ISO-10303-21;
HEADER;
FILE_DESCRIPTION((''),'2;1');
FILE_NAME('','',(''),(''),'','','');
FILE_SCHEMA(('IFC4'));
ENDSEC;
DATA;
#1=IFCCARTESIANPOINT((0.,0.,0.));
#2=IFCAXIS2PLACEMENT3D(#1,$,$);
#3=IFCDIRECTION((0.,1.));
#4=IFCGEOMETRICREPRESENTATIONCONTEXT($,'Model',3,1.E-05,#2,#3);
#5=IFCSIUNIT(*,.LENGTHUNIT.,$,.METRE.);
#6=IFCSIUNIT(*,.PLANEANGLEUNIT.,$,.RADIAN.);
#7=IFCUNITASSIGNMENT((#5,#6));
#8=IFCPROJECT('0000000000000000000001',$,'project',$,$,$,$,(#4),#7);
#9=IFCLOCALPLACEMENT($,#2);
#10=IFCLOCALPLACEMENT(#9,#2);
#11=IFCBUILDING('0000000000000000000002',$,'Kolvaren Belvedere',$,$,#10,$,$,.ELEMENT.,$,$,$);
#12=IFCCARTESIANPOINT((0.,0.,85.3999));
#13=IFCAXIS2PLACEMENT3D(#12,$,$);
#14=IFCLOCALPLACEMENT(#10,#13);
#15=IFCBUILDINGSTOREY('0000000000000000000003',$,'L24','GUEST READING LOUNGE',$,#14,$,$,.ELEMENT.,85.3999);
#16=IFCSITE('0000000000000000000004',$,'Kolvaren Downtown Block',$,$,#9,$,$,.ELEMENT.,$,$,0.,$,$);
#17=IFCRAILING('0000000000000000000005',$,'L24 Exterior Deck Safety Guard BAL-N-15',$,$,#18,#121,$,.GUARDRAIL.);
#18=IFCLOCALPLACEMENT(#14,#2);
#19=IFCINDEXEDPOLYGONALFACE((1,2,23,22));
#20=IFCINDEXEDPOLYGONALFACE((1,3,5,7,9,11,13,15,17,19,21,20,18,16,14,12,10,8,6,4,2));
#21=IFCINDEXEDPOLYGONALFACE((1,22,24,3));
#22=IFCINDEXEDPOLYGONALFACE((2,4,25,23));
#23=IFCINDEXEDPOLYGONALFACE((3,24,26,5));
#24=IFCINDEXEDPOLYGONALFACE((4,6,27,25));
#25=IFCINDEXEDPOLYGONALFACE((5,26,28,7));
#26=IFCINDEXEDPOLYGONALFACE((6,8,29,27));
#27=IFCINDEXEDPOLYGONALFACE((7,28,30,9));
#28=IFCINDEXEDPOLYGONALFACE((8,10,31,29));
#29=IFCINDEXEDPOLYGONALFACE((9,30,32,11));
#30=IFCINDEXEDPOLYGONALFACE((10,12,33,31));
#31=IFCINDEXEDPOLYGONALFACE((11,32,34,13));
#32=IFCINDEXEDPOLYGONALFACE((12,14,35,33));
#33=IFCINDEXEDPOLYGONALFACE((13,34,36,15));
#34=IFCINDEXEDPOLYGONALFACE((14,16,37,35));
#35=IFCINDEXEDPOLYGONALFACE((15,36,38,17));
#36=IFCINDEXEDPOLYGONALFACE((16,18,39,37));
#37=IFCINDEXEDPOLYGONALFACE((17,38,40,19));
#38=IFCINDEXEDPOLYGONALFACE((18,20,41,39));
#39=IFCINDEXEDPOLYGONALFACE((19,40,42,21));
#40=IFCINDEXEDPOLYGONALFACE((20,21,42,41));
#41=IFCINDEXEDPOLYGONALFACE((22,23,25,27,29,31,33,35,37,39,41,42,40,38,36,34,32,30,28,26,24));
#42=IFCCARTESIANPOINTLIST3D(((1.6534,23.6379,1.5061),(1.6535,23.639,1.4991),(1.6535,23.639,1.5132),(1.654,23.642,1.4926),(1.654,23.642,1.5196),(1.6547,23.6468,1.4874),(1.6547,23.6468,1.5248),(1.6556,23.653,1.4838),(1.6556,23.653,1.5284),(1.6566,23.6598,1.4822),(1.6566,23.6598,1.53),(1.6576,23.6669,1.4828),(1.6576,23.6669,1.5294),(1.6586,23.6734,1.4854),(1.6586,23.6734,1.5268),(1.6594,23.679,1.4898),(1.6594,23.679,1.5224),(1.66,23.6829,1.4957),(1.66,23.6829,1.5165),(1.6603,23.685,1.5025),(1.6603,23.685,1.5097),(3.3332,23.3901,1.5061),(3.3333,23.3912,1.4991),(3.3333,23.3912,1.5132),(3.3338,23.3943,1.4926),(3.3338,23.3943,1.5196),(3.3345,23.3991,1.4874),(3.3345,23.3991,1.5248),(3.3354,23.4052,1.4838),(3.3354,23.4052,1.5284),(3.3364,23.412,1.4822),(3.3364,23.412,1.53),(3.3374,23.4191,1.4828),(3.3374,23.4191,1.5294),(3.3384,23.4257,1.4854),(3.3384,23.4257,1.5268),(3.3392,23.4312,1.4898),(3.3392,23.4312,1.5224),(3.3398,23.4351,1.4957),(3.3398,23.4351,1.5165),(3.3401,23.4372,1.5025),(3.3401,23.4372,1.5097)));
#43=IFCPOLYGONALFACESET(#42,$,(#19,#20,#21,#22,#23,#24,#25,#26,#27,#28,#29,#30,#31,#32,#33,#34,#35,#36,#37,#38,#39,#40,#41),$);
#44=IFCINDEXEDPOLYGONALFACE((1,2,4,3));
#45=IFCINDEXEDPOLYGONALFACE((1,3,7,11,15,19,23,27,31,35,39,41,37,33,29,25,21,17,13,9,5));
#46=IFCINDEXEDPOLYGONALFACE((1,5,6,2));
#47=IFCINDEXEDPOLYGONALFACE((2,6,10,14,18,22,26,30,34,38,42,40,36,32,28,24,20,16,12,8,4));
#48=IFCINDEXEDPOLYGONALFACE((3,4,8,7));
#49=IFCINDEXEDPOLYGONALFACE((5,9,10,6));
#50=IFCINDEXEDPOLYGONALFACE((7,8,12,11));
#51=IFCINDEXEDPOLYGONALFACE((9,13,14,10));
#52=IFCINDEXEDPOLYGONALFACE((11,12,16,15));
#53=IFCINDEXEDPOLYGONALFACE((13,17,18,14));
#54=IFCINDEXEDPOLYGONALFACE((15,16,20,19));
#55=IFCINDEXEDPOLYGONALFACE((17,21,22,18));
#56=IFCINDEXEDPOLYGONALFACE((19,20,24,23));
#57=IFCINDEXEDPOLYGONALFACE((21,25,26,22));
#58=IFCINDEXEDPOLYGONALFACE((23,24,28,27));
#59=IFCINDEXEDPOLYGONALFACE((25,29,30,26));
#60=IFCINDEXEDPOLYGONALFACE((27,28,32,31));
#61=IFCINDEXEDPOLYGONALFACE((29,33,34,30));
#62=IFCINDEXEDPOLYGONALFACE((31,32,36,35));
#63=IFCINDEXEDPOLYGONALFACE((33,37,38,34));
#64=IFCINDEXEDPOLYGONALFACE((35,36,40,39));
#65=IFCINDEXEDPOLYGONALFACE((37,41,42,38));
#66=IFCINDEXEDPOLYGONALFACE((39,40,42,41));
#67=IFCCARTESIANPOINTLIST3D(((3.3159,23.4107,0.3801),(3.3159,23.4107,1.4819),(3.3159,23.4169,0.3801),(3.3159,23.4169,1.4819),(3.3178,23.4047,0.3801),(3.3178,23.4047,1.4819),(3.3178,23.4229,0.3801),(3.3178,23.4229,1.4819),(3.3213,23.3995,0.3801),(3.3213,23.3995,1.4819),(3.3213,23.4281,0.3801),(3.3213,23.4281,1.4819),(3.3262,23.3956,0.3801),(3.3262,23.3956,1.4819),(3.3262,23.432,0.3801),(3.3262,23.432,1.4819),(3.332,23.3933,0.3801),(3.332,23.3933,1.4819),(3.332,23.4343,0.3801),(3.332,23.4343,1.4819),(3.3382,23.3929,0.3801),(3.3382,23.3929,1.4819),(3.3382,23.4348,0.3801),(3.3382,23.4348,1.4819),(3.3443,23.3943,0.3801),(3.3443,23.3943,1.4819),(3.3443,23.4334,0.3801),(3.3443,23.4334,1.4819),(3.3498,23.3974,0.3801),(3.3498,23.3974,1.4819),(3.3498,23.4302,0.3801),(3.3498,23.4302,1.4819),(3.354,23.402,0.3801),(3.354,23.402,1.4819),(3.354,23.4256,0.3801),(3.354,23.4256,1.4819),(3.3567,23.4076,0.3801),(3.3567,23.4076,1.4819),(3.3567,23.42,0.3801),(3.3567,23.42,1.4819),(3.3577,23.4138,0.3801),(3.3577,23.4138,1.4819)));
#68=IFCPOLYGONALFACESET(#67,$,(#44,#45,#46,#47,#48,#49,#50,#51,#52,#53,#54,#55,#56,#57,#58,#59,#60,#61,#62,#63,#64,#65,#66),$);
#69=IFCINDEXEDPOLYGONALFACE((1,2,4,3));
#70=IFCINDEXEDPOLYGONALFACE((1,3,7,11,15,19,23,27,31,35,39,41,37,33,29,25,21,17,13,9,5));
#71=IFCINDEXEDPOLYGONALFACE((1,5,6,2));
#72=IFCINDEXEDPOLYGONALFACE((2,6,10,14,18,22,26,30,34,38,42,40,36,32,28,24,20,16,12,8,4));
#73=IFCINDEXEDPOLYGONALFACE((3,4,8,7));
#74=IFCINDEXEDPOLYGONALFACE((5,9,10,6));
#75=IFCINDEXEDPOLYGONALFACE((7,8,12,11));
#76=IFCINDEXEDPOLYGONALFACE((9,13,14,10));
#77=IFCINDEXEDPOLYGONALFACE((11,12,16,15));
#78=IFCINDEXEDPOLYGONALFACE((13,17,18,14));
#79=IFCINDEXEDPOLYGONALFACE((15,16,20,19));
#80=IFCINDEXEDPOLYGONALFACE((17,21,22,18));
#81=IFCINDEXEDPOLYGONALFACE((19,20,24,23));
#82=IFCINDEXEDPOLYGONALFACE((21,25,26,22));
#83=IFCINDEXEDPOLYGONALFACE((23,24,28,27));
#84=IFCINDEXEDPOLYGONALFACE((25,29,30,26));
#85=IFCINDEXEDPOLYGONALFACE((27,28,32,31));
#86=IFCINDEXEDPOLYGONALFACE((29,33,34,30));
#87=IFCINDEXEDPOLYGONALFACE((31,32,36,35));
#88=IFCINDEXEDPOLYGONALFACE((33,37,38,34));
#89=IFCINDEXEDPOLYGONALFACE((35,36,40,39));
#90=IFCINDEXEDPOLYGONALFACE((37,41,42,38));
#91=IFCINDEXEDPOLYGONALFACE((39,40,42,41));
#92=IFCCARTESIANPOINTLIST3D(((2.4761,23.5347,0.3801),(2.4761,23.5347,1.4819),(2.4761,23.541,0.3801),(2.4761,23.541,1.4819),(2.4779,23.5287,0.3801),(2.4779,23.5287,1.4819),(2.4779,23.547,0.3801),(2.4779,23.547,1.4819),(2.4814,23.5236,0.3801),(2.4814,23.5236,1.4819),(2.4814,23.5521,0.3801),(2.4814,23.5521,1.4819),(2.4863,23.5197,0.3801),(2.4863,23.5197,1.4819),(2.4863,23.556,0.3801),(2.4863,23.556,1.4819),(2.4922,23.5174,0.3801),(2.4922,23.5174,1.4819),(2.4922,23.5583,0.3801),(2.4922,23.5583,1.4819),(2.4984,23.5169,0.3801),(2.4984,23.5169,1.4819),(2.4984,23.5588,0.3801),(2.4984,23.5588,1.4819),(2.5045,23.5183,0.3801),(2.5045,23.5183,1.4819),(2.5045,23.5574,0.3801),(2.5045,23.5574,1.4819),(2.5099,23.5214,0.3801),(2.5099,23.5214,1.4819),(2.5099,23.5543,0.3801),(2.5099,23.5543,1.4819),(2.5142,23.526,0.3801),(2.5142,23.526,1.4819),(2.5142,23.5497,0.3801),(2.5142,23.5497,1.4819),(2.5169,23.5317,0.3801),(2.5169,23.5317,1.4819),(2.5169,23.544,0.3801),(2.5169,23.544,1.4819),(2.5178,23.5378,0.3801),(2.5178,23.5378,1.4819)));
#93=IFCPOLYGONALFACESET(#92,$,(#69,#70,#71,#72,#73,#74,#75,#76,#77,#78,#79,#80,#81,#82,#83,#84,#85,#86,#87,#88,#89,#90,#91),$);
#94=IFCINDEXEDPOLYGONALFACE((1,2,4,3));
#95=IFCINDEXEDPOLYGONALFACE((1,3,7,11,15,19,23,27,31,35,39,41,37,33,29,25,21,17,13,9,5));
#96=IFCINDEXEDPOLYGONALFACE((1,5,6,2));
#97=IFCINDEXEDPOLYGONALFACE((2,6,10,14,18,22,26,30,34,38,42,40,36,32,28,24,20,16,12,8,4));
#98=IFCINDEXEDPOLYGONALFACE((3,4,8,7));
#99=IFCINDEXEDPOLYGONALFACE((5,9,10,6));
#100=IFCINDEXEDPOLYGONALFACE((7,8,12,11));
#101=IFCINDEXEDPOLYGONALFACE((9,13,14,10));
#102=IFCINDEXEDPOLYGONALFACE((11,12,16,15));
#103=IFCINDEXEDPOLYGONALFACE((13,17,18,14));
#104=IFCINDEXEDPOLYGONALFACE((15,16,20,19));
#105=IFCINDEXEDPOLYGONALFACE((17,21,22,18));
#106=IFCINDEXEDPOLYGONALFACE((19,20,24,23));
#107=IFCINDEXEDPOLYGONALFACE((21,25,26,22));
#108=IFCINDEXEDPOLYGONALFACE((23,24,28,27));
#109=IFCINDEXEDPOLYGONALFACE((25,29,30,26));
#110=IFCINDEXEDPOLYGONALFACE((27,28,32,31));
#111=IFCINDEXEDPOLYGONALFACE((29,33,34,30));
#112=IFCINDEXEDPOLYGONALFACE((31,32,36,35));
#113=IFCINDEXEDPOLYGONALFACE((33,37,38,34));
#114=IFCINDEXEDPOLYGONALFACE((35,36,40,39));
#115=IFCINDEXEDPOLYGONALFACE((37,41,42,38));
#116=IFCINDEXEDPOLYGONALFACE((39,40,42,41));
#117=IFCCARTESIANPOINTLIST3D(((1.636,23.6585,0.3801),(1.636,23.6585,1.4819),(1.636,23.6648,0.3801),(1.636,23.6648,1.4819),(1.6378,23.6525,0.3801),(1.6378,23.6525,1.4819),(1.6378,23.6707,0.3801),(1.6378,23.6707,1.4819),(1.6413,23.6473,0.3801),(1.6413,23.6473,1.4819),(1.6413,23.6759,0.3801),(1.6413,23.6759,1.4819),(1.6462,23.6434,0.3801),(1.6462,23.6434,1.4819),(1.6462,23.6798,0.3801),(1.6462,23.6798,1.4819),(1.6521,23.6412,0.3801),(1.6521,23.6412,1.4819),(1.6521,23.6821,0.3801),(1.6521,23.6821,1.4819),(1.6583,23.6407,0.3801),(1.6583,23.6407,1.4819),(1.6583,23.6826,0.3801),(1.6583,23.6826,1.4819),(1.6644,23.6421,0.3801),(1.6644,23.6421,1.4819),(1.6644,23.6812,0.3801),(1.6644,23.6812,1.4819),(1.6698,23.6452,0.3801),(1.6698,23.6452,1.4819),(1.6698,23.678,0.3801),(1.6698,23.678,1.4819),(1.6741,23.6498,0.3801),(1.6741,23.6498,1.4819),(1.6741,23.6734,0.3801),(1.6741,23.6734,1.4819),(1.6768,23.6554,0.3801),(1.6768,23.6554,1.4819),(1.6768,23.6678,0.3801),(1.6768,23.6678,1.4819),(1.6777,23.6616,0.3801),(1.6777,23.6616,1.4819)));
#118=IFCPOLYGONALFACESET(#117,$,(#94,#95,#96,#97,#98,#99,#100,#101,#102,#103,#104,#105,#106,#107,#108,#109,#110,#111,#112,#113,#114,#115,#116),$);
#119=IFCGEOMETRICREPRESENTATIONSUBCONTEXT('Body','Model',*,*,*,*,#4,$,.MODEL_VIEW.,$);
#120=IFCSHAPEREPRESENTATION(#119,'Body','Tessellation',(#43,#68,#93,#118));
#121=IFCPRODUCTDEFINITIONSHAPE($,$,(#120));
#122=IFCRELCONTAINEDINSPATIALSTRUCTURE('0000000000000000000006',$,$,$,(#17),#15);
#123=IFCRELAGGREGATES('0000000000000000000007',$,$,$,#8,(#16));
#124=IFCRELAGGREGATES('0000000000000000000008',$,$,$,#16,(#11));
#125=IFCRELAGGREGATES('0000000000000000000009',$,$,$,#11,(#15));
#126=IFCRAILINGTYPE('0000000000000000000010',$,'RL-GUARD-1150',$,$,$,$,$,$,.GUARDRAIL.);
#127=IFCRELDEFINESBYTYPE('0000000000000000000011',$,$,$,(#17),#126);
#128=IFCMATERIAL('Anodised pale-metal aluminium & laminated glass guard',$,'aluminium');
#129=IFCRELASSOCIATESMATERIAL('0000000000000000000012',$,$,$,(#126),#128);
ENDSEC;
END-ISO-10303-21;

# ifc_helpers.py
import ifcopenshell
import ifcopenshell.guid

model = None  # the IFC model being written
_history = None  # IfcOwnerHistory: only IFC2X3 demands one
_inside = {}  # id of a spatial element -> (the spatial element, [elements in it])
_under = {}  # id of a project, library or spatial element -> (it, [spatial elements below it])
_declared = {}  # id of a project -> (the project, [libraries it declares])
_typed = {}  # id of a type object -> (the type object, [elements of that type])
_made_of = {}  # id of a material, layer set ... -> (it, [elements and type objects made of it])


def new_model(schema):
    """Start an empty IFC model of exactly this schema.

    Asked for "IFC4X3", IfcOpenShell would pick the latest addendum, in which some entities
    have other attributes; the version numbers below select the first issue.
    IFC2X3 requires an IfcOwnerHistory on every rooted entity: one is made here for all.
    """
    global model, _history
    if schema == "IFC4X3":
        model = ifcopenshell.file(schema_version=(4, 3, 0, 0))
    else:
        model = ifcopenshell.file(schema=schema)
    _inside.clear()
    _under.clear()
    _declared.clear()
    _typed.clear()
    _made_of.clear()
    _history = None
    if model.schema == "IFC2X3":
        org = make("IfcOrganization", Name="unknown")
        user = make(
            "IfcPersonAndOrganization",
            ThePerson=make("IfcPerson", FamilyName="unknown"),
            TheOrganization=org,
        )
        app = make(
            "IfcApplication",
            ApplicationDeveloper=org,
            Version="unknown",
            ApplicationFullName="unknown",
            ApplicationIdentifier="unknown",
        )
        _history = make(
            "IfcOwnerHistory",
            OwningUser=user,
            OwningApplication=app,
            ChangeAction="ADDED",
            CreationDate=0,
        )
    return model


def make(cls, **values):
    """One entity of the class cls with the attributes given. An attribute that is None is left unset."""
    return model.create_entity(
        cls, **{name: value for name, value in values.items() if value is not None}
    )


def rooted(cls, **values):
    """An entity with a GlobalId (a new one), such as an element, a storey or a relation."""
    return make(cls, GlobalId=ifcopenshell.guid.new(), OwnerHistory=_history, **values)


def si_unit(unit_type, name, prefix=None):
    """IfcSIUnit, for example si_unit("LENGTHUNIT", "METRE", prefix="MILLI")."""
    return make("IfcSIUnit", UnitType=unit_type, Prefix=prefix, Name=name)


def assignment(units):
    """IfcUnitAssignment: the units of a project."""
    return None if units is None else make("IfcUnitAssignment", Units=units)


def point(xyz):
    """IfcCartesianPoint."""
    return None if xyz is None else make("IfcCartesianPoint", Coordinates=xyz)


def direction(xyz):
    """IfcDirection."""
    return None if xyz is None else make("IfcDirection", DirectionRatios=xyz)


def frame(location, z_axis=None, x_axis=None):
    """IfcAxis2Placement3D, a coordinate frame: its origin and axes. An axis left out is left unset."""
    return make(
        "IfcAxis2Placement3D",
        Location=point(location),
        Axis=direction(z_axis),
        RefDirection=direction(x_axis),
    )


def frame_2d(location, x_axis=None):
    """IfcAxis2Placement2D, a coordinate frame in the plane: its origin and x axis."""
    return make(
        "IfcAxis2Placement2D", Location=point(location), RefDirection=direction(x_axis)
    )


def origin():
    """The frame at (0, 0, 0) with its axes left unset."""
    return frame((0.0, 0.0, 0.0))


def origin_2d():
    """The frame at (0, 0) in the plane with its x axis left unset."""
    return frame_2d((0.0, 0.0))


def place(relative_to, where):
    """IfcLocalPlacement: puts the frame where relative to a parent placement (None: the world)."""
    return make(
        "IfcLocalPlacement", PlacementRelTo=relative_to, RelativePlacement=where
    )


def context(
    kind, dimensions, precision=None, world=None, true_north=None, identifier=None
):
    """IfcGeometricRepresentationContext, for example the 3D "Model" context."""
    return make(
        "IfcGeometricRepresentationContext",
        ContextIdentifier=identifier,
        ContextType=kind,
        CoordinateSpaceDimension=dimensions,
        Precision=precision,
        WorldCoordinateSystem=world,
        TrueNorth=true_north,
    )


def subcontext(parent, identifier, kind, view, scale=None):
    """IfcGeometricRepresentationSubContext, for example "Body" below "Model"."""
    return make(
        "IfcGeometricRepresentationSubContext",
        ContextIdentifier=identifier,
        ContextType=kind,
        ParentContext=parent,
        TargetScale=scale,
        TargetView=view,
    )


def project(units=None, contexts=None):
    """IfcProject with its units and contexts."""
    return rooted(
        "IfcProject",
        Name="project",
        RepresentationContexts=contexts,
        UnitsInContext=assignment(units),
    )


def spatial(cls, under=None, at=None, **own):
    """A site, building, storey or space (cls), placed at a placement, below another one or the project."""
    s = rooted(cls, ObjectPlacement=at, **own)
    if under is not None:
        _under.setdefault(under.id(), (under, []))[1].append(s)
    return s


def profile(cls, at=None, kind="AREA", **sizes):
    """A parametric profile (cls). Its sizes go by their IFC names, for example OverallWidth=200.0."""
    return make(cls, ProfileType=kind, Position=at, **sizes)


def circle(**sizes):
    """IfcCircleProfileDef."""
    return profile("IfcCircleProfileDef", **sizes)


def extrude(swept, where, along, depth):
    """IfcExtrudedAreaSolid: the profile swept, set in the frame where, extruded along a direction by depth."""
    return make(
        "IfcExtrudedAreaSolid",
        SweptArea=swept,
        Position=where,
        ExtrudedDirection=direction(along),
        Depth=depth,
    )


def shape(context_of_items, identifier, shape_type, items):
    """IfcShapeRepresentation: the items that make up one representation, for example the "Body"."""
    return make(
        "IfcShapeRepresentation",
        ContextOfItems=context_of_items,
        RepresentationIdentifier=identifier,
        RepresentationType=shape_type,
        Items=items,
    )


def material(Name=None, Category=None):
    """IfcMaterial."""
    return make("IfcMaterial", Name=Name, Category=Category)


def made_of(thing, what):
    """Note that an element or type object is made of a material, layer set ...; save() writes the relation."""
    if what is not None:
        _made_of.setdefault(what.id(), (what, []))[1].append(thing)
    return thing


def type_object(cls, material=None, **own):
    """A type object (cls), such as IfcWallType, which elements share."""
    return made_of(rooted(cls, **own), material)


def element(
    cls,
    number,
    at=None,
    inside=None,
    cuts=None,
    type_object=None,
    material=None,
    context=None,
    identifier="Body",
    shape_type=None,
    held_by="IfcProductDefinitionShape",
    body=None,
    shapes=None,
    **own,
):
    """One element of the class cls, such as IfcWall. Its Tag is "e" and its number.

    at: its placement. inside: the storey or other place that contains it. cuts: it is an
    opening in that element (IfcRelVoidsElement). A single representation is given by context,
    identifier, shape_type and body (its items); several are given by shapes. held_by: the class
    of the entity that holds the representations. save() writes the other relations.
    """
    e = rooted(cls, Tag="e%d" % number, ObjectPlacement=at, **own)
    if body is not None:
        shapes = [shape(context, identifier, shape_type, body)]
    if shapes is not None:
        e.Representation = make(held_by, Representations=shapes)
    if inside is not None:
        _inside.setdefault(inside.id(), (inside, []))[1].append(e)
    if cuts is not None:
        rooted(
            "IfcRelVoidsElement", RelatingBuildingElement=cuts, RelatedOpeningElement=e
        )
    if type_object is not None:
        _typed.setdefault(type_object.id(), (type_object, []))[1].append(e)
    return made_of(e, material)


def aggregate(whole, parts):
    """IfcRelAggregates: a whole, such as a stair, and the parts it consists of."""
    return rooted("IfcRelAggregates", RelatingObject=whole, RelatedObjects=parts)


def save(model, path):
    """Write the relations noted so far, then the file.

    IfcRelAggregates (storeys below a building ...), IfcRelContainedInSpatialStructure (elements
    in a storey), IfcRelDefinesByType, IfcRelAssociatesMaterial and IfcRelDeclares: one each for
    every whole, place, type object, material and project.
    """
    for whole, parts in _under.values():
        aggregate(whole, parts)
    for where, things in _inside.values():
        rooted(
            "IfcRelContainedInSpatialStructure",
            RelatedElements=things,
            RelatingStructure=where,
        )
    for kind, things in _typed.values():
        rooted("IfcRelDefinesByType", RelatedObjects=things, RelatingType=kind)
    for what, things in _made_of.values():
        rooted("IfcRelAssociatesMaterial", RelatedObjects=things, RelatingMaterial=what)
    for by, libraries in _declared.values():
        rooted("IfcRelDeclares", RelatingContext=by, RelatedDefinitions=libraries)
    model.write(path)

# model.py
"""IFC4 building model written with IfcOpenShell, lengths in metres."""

from ifc_helpers import new_model, si_unit, direction, frame, origin, origin_2d, place, context, subcontext, project, spatial, circle, extrude, material, type_object, element, save


model = new_model("IFC4")

# Units and contexts
model_context = context("Model", 3, precision=1e-05, world=origin(), true_north=direction((0.0, 1.0)))
body_context = subcontext(model_context, "Body", "Model", "MODEL_VIEW")
ifc_project = project(units=[si_unit("LENGTHUNIT", "METRE"), si_unit("PLANEANGLEUNIT", "RADIAN")], contexts=[model_context])

# Site, building, storey
site_placement = place(None, origin())
site = spatial("IfcSite", under=ifc_project, at=site_placement, Name="Kolvaren Downtown Block", CompositionType="ELEMENT", RefElevation=0.0)
building_placement = place(site_placement, origin())
building = spatial("IfcBuilding", under=site, at=building_placement, Name="Kolvaren Belvedere", CompositionType="ELEMENT")
storey_placement = place(building_placement, frame((0.0, 0.0, 85.3999)))
storey = spatial("IfcBuildingStorey", under=building, at=storey_placement, Name="L24", Description="GUEST READING LOUNGE", CompositionType="ELEMENT", Elevation=85.3999)

# Railing
ifc_material_1 = material(Name="Anodised pale-metal aluminium & laminated glass guard", Category="aluminium")
railing_type = type_object("IfcRailingType", Name="RL-GUARD-1150", PredefinedType="GUARDRAIL", material=ifc_material_1)
railing_1_placement = place(storey_placement, frame((3.3367, 23.4138, 0.3801)))
element("IfcRailing", 1, at=railing_1_placement, inside=storey, type_object=railing_type, Name="L24 Exterior Deck Safety Guard BAL-N-15", PredefinedType="GUARDRAIL", context=body_context, shape_type="SweptSolid", body=[
    extrude(circle(Radius=0.0239, at=origin_2d()), frame((0.0, 0.0, 1.126), z_axis=(-0.989295, 0.145929, 0.0), x_axis=(-0.145929, -0.989295, 0.0)), (0.0, 0.0, 1.0), 1.698),
    extrude(circle(Radius=0.021, at=origin_2d()), origin(), (0.0, 0.0, 1.0), 1.1018),
    extrude(circle(Radius=0.021, at=origin_2d()), frame((-0.8398, 0.124, 0.0)), (0.0, 0.0, 1.0), 1.1018),
    extrude(circle(Radius=0.021, at=origin_2d()), frame((-1.6799, 0.2478, 0.0)), (0.0, 0.0, 1.0), 1.1018),
])

save(model, "model.ifc")
